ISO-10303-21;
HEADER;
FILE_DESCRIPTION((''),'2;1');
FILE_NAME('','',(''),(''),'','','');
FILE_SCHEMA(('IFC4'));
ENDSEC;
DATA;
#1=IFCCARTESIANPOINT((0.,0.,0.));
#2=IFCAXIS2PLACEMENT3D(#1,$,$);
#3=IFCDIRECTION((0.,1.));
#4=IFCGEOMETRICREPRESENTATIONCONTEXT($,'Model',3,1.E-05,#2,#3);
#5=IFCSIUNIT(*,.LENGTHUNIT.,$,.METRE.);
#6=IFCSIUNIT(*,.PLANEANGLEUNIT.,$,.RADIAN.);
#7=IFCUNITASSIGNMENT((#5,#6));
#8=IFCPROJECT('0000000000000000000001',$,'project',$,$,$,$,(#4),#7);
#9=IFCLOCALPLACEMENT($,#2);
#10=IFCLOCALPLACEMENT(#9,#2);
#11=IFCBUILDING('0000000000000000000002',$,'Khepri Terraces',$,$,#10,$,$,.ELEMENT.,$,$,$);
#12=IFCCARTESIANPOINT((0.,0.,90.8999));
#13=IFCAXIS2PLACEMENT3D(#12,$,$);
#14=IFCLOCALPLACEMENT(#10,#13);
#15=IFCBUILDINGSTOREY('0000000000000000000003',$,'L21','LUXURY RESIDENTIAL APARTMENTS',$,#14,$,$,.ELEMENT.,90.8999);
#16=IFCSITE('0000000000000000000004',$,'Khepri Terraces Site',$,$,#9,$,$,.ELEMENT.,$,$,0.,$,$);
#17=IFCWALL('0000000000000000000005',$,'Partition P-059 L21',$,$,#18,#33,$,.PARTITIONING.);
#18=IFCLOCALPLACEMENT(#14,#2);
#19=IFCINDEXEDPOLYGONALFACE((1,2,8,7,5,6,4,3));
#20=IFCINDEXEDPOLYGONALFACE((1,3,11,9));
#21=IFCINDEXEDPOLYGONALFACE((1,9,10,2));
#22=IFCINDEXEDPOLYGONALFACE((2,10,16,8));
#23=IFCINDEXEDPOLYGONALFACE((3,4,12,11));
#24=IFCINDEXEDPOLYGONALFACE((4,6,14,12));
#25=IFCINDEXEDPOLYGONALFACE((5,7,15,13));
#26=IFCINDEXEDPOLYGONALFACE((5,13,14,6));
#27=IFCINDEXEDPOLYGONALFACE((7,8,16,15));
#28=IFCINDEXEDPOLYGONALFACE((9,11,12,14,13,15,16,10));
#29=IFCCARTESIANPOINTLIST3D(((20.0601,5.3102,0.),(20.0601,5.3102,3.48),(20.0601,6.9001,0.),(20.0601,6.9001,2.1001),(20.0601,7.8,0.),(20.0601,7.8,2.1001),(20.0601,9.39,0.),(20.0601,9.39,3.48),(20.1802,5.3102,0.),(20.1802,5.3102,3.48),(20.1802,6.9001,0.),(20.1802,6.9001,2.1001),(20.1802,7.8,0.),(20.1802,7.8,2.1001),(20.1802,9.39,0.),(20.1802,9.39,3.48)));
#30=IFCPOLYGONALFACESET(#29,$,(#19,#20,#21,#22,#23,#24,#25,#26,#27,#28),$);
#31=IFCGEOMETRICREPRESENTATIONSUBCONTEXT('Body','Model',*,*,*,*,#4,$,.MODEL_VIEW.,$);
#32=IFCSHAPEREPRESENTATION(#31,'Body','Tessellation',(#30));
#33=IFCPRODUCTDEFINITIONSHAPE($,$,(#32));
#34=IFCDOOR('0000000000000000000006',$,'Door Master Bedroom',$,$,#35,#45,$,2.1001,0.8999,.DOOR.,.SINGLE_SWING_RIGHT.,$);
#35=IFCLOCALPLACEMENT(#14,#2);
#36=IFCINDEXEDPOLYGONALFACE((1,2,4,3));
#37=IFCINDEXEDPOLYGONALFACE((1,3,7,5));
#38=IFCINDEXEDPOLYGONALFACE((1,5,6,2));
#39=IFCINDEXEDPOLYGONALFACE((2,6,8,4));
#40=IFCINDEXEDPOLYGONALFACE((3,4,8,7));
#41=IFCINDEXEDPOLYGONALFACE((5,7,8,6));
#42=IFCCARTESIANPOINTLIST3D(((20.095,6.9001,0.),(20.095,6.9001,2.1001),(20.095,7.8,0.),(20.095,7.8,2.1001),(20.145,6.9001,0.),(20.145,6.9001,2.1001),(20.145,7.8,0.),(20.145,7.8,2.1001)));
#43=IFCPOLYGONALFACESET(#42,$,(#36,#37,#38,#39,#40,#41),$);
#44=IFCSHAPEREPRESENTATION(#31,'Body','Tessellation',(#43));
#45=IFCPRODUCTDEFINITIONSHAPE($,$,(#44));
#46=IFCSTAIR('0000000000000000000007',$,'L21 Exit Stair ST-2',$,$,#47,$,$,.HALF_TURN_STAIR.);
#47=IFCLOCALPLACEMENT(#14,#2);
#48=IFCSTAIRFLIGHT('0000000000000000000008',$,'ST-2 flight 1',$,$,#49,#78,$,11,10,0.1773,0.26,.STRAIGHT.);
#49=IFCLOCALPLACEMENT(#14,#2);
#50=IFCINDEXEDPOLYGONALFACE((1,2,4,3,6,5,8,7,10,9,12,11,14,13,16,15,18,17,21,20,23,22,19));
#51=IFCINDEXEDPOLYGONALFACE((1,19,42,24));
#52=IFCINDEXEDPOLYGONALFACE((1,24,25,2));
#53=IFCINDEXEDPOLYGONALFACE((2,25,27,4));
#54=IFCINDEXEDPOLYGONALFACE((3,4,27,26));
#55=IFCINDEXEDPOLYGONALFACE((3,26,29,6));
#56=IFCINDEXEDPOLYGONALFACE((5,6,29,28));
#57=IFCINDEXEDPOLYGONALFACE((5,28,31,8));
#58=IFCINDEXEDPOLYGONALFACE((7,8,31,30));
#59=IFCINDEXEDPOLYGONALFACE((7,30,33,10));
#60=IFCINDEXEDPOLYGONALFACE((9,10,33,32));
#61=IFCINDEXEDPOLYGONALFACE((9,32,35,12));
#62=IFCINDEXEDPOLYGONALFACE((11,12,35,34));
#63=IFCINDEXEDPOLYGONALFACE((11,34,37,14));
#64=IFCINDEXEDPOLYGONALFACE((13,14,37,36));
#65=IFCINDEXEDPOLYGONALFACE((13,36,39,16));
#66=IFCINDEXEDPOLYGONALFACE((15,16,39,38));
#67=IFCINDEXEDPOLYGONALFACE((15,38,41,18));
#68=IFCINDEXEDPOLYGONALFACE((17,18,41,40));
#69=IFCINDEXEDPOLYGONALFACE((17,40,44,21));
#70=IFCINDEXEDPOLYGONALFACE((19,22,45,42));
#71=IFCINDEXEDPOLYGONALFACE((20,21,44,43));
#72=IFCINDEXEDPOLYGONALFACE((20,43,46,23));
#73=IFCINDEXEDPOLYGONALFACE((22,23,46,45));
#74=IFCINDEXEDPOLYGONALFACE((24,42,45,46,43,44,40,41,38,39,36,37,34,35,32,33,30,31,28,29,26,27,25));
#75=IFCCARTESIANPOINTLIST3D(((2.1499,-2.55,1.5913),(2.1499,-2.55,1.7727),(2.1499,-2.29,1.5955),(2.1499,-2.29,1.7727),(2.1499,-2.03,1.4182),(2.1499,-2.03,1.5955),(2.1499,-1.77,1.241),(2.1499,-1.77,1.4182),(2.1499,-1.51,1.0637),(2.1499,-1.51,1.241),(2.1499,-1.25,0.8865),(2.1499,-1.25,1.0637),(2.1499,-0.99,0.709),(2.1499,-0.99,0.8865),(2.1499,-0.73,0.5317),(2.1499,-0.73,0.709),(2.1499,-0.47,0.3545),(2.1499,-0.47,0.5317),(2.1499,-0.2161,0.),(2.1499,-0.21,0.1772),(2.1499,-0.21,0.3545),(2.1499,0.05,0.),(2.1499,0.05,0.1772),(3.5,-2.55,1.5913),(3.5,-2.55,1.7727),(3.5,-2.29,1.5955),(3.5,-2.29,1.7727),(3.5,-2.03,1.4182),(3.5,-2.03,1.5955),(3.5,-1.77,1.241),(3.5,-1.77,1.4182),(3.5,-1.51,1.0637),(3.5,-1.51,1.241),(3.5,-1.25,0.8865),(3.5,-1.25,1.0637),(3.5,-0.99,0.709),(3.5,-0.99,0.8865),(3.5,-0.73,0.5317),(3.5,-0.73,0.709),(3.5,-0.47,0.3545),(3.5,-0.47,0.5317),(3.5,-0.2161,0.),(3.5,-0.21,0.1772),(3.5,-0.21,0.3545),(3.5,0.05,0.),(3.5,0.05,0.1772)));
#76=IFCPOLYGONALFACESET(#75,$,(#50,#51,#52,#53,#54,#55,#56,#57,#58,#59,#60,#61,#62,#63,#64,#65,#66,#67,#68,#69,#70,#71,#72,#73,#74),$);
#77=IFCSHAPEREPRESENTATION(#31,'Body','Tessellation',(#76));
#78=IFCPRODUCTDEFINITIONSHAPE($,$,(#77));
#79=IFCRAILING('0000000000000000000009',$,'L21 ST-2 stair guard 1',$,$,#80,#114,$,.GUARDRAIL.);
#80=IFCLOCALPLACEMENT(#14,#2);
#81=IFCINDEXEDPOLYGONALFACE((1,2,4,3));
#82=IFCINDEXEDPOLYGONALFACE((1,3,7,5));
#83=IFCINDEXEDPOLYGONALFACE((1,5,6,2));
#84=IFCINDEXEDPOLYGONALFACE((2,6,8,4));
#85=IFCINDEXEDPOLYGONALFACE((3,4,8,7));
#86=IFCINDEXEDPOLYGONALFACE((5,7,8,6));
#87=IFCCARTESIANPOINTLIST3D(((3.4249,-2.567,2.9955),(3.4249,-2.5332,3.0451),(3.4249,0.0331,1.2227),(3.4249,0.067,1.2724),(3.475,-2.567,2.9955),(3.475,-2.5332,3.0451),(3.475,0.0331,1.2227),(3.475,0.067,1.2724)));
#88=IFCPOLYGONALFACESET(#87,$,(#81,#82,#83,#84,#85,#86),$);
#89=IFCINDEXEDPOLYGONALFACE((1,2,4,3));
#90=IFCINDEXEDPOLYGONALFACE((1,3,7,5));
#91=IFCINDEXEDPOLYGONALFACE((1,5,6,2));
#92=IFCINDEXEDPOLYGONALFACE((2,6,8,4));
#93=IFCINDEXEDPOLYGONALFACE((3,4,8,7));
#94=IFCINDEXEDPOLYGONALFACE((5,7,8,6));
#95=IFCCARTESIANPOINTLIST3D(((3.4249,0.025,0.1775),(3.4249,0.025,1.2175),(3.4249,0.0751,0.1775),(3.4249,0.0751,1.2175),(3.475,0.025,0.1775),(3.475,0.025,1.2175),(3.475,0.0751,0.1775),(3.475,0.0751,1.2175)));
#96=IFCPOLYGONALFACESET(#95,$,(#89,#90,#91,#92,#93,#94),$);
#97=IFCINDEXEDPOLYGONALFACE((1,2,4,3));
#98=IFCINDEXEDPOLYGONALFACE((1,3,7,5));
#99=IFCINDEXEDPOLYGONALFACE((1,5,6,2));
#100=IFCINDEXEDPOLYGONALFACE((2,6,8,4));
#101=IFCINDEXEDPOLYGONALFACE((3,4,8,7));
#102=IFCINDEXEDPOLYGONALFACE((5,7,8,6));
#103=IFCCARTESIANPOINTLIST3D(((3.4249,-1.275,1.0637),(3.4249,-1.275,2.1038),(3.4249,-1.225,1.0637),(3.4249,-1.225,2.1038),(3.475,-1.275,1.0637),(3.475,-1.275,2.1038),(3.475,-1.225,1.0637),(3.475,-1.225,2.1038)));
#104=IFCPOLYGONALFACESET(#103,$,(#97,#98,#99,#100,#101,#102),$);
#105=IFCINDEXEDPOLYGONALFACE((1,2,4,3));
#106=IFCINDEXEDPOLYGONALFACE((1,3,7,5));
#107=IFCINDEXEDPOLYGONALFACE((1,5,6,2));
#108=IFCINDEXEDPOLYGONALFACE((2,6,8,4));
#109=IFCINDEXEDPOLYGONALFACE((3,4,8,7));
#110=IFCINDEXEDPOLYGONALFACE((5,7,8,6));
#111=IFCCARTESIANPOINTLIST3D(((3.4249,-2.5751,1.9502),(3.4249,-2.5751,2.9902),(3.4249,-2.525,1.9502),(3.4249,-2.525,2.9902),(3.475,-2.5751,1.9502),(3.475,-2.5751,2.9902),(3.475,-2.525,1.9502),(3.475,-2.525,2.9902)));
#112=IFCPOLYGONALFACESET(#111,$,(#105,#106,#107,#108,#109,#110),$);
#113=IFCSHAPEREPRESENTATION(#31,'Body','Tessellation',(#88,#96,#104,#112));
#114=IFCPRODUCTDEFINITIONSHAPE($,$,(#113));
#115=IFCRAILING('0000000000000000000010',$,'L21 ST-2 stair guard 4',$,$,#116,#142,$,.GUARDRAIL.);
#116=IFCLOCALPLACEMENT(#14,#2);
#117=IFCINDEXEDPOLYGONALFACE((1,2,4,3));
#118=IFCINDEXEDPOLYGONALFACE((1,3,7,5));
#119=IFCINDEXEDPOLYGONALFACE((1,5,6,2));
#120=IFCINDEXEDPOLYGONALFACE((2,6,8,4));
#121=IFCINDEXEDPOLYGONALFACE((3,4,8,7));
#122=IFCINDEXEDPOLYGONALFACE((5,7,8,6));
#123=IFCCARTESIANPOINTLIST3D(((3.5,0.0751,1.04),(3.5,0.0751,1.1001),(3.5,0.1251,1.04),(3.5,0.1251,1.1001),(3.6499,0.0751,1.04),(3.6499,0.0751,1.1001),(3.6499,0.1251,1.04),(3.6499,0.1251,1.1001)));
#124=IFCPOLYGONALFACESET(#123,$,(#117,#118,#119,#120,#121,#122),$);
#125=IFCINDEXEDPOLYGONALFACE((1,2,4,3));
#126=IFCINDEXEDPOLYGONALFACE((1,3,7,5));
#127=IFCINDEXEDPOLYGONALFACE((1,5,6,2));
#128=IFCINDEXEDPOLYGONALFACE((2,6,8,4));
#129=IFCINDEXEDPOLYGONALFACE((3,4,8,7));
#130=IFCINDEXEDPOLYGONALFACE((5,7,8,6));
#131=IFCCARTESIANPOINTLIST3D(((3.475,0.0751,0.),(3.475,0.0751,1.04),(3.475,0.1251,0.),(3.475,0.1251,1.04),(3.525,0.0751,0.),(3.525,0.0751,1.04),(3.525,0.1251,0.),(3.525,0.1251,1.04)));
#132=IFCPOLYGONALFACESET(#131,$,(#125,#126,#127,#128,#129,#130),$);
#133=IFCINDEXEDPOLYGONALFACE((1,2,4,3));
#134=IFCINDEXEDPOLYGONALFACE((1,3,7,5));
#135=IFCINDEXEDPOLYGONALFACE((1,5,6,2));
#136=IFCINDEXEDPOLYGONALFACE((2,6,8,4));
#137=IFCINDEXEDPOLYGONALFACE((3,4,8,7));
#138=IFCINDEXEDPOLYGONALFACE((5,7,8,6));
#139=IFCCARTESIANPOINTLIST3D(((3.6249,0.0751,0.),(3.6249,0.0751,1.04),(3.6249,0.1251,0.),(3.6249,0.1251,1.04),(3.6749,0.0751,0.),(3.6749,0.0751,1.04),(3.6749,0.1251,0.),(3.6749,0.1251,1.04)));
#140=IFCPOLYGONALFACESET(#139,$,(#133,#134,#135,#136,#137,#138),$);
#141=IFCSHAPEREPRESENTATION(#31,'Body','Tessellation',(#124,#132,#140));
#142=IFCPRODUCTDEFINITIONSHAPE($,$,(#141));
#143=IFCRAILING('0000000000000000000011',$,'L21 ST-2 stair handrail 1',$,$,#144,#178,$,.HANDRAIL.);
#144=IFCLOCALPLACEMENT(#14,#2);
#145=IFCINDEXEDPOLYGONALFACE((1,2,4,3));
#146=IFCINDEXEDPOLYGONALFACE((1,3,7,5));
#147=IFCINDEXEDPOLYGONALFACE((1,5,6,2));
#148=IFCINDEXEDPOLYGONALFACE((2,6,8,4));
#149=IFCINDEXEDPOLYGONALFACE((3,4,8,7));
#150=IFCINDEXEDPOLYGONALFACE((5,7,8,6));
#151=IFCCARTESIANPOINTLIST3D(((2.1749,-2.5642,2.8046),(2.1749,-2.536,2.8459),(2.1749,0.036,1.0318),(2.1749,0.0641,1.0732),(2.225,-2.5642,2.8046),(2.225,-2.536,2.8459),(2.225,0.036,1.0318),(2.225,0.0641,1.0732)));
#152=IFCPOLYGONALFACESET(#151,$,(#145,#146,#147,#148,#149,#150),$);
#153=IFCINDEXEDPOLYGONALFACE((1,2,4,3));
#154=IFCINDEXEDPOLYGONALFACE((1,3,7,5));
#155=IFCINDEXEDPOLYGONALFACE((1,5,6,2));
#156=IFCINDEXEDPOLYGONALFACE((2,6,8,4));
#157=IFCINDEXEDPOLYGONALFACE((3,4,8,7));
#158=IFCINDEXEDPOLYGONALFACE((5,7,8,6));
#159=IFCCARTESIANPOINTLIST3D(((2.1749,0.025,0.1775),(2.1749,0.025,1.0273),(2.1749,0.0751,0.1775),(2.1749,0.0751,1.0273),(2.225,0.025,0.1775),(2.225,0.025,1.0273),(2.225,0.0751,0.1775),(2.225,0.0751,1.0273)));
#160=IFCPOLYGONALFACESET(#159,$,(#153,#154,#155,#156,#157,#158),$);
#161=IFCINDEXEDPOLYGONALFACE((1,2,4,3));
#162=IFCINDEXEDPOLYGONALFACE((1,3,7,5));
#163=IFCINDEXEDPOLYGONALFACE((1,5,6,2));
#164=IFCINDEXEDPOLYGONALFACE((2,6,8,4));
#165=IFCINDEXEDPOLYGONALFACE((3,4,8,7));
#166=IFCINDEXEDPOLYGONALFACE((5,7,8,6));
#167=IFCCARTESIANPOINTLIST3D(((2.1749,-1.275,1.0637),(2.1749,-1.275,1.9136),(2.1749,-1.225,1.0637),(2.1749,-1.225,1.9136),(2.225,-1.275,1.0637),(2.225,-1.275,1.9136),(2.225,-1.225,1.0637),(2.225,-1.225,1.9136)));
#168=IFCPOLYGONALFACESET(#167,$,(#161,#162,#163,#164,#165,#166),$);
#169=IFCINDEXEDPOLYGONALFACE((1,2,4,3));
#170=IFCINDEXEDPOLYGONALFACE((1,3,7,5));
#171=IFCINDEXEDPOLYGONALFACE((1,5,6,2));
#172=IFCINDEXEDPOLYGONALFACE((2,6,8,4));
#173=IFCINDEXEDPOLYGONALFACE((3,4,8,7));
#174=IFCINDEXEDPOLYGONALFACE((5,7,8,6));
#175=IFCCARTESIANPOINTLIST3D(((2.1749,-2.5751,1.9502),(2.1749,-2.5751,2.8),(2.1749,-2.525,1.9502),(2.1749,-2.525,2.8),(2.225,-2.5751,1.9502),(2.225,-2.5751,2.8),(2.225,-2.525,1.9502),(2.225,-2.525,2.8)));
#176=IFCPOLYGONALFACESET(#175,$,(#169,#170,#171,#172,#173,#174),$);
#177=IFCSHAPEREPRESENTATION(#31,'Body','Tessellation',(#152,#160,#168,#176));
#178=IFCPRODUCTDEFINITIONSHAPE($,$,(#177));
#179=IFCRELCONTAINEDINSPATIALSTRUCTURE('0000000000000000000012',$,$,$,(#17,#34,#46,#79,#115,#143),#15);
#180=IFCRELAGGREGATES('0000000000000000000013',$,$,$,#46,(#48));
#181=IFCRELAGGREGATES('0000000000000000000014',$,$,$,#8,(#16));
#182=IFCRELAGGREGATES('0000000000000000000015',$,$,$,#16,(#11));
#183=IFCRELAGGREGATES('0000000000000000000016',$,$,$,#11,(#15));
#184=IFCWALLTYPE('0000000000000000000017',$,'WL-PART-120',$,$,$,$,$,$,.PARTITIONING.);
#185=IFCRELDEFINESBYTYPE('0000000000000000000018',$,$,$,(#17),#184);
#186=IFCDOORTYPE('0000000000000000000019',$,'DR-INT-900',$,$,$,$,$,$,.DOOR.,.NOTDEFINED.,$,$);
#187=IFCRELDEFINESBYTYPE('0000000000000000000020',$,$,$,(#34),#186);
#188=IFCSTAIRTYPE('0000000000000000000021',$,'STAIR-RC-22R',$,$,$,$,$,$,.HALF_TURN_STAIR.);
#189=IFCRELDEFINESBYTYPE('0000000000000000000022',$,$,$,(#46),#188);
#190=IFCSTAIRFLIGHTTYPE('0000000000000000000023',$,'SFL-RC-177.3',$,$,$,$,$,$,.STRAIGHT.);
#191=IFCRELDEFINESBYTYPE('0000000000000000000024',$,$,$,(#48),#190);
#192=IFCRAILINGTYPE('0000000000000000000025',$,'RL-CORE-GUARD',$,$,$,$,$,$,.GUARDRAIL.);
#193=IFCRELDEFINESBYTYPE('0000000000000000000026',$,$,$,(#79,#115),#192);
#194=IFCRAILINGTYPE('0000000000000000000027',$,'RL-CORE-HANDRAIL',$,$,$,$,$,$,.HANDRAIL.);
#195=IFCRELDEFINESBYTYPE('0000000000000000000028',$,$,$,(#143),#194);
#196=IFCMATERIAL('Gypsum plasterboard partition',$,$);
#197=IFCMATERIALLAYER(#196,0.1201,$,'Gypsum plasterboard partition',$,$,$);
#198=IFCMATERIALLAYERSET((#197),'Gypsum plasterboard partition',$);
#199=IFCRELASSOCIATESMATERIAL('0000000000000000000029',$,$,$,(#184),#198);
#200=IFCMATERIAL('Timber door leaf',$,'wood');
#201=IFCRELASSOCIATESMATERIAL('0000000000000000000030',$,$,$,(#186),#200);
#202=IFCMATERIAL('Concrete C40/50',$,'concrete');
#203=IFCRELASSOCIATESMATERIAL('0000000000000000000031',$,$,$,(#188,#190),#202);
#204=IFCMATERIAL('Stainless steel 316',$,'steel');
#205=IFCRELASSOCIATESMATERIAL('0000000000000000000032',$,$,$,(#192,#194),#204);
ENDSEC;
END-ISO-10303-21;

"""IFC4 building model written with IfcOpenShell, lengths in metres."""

from ifc_helpers import new_model, si_unit, direction, frame, frame_2d, origin, origin_2d, place, context, subcontext, project, spatial, polyline, rectangle, outline, extrude, material, layer, layer_set, type_object, element, fill, aggregate, save


model = new_model("IFC4")

# Units and contexts
model_context = context("Model", 3, precision=1e-05, world=origin(), true_north=direction((0.0, 1.0)))
body_context = subcontext(model_context, "Body", "Model", "MODEL_VIEW")
ifc_project = project(units=[si_unit("LENGTHUNIT", "METRE"), si_unit("PLANEANGLEUNIT", "RADIAN")], contexts=[model_context])

# Site, building, storey
site_placement = place(None, origin())
site = spatial("IfcSite", under=ifc_project, at=site_placement, Name="Khepri Terraces Site", CompositionType="ELEMENT", RefElevation=0.0)
building_placement = place(site_placement, origin())
building = spatial("IfcBuilding", under=site, at=building_placement, Name="Khepri Terraces", CompositionType="ELEMENT")
storey_placement = place(building_placement, frame((0.0, 0.0, 90.8999)))
storey = spatial("IfcBuildingStorey", under=building, at=storey_placement, Name="L21", Description="LUXURY RESIDENTIAL APARTMENTS", CompositionType="ELEMENT", Elevation=90.8999)

# Shared definitions
ifc_material_1 = material(Name="Gypsum plasterboard partition")
ifc_layer_1 = layer(ifc_material_1, 0.1201, Name="Gypsum plasterboard partition")
ifc_layer_set_1 = layer_set([ifc_layer_1], Name="Gypsum plasterboard partition")
wall_type_1 = type_object("IfcWallType", Name="WL-PART-120", PredefinedType="PARTITIONING", material=ifc_layer_set_1)

# Wall, opening, door
wall_1_placement = place(storey_placement, frame((20.1201, 5.3101, 0.0), z_axis=(0.0, 0.0, 1.0), x_axis=(0.0, 1.0, 0.0)))
wall_1 = element("IfcWall", 1, at=wall_1_placement, inside=storey, type_object=wall_type_1, Name="Partition P-059 L21", PredefinedType="PARTITIONING", context=body_context, shape_type="SweptSolid", body=[
    extrude(rectangle(XDim=4.0798, YDim=0.1201, at=frame_2d((2.04, 0.0))), origin(), (0.0, 0.0, 1.0), 3.48),
])
opening_1_placement = place(wall_1_placement, frame((1.5901, 0.0, 0.0)))
opening_1 = element("IfcOpeningElement", 2, at=opening_1_placement, cuts=wall_1, PredefinedType="OPENING", context=body_context, shape_type="SweptSolid", body=[
    extrude(rectangle(XDim=0.8999, YDim=2.1001, at=frame_2d((0.45, 1.05))), frame((0.0, 0.0701, 0.0), z_axis=(0.0, -1.0, 0.0), x_axis=(1.0, 0.0, 0.0)), (0.0, 0.0, 1.0), 0.1401),
])
ifc_material_2 = material(Name="Timber door leaf", Category="wood")
door_type_1 = type_object("IfcDoorType", Name="DR-INT-900", OperationType="NOTDEFINED", PredefinedType="DOOR", material=ifc_material_2)
door_1_placement = place(opening_1_placement, frame((0.8999, 0.0, 0.0), z_axis=(0.0, 0.0, 1.0), x_axis=(-1.0, 0.0, 0.0)))
door_1 = element("IfcDoor", 3, at=door_1_placement, inside=storey, type_object=door_type_1, Name="Door Master Bedroom", OperationType="SINGLE_SWING_RIGHT", OverallHeight=2.1001, OverallWidth=0.8999, PredefinedType="DOOR", context=body_context, shape_type="SweptSolid", body=[
    extrude(rectangle(XDim=0.8999, YDim=2.1001, at=frame_2d((0.45, 1.05))), frame((0.0, 0.0249, 0.0), z_axis=(0.0, -1.0, 0.0), x_axis=(1.0, 0.0, 0.0)), (0.0, 0.0, 1.0), 0.05),
])
fill(opening_1, door_1)

# Stair, stair flight
ifc_material_3 = material(Name="Concrete C40/50", Category="concrete")
stair_type = type_object("IfcStairType", Name="STAIR-RC-22R", PredefinedType="HALF_TURN_STAIR", material=ifc_material_3)
stair_placement = place(storey_placement, origin())
stair = element("IfcStair", 4, at=stair_placement, inside=storey, type_object=stair_type, Name="L21 Exit Stair ST-2", PredefinedType="HALF_TURN_STAIR")
stair_flight_type = type_object("IfcStairFlightType", Name="SFL-RC-177.3", PredefinedType="STRAIGHT", material=ifc_material_3)
stair_flight_placement = place(storey_placement, frame((2.825, 0.05, 0.0), z_axis=(0.0, 0.0, 1.0), x_axis=(0.0, -1.0, 0.0)))
stair_flight = element("IfcStairFlight", 5, at=stair_flight_placement, type_object=stair_flight_type, Name="ST-2 flight 1", NumberOfRisers=11, NumberOfTreads=10, PredefinedType="STRAIGHT", RiserHeight=0.1773, TreadLength=0.26, context=body_context, shape_type="SweptSolid", body=[
    extrude(outline(polyline([(0.0, 0.0), (0.0, 0.1772), (0.26, 0.1772), (0.26, 0.3545), (0.52, 0.3545), (0.52, 0.5317), (0.78, 0.5317), (0.78, 0.709), (1.04, 0.709), (1.04, 0.8865), (1.3, 0.8865), (1.3, 1.0637), (1.5601, 1.0637), (1.5601, 1.241), (1.8201, 1.241), (1.8201, 1.4182), (2.0801, 1.4182), (2.0801, 1.5955), (2.3401, 1.5955), (2.3401, 1.7727), (2.6001, 1.7727), (2.6001, 1.95), (2.6001, 1.5913), (0.2661, 0.0), (0.0, 0.0)])), frame((0.0, 0.675, 0.0), z_axis=(0.0, -1.0, 0.0), x_axis=(1.0, 0.0, 0.0)), (0.0, 0.0, 1.0), 1.3501),
])
aggregate(stair, [stair_flight])

# Railings
ifc_material_4 = material(Name="Stainless steel 316", Category="steel")
railing_type_1 = type_object("IfcRailingType", Name="RL-CORE-GUARD", PredefinedType="GUARDRAIL", material=ifc_material_4)
railing_1_placement = place(storey_placement, frame((3.45, 0.05, 0.1775)))
element("IfcRailing", 6, at=railing_1_placement, inside=storey, type_object=railing_type_1, Name="L21 ST-2 stair guard 1", PredefinedType="GUARDRAIL", context=body_context, shape_type="SweptSolid", body=[
    extrude(rectangle(XDim=0.05, YDim=0.0601, at=origin_2d()), frame((0.0, 0.0, 1.0701), z_axis=(0.0, -0.82624, 0.563318), x_axis=(1.0, 0.0, 0.0)), (0.0, 0.0, 1.0), 3.147),
    extrude(rectangle(XDim=0.05, YDim=0.05, at=origin_2d()), origin(), (0.0, 0.0, 1.0), 1.04),
    extrude(rectangle(XDim=0.05, YDim=0.05, at=origin_2d()), frame((0.0, -1.3, 0.8862)), (0.0, 0.0, 1.0), 1.04),
    extrude(rectangle(XDim=0.05, YDim=0.05, at=origin_2d()), frame((0.0, -2.6001, 1.7727)), (0.0, 0.0, 1.0), 1.04),
])
railing_2_placement = place(storey_placement, frame((3.5, 0.1001, 0.0)))
element("IfcRailing", 7, at=railing_2_placement, inside=storey, type_object=railing_type_1, Name="L21 ST-2 stair guard 4", PredefinedType="GUARDRAIL", context=body_context, shape_type="SweptSolid", body=[
    extrude(rectangle(XDim=0.05, YDim=0.0601, at=origin_2d()), frame((0.0, 0.0, 1.0701), z_axis=(1.0, 0.0, 0.0), x_axis=(0.0, 1.0, 0.0)), (0.0, 0.0, 1.0), 0.1499),
    extrude(rectangle(XDim=0.05, YDim=0.05, at=origin_2d()), origin(), (0.0, 0.0, 1.0), 1.04),
    extrude(rectangle(XDim=0.05, YDim=0.05, at=origin_2d()), frame((0.1499, 0.0, 0.0)), (0.0, 0.0, 1.0), 1.04),
])
railing_type_2 = type_object("IfcRailingType", Name="RL-CORE-HANDRAIL", PredefinedType="HANDRAIL", material=ifc_material_4)
railing_3_placement = place(storey_placement, frame((2.2, 0.05, 0.1775)))
element("IfcRailing", 8, at=railing_3_placement, inside=storey, type_object=railing_type_2, Name="L21 ST-2 stair handrail 1", PredefinedType="HANDRAIL", context=body_context, shape_type="SweptSolid", body=[
    extrude(rectangle(XDim=0.05, YDim=0.05, at=origin_2d()), frame((0.0, 0.0, 0.875), z_axis=(0.0, -0.82624, 0.563318), x_axis=(1.0, 0.0, 0.0)), (0.0, 0.0, 1.0), 3.147),
    extrude(rectangle(XDim=0.05, YDim=0.05, at=origin_2d()), origin(), (0.0, 0.0, 1.0), 0.8499),
    extrude(rectangle(XDim=0.05, YDim=0.05, at=origin_2d()), frame((0.0, -1.3, 0.8862)), (0.0, 0.0, 1.0), 0.8499),
    extrude(rectangle(XDim=0.05, YDim=0.05, at=origin_2d()), frame((0.0, -2.6001, 1.7727)), (0.0, 0.0, 1.0), 0.8499),
])

save(model, "model.ifc")
